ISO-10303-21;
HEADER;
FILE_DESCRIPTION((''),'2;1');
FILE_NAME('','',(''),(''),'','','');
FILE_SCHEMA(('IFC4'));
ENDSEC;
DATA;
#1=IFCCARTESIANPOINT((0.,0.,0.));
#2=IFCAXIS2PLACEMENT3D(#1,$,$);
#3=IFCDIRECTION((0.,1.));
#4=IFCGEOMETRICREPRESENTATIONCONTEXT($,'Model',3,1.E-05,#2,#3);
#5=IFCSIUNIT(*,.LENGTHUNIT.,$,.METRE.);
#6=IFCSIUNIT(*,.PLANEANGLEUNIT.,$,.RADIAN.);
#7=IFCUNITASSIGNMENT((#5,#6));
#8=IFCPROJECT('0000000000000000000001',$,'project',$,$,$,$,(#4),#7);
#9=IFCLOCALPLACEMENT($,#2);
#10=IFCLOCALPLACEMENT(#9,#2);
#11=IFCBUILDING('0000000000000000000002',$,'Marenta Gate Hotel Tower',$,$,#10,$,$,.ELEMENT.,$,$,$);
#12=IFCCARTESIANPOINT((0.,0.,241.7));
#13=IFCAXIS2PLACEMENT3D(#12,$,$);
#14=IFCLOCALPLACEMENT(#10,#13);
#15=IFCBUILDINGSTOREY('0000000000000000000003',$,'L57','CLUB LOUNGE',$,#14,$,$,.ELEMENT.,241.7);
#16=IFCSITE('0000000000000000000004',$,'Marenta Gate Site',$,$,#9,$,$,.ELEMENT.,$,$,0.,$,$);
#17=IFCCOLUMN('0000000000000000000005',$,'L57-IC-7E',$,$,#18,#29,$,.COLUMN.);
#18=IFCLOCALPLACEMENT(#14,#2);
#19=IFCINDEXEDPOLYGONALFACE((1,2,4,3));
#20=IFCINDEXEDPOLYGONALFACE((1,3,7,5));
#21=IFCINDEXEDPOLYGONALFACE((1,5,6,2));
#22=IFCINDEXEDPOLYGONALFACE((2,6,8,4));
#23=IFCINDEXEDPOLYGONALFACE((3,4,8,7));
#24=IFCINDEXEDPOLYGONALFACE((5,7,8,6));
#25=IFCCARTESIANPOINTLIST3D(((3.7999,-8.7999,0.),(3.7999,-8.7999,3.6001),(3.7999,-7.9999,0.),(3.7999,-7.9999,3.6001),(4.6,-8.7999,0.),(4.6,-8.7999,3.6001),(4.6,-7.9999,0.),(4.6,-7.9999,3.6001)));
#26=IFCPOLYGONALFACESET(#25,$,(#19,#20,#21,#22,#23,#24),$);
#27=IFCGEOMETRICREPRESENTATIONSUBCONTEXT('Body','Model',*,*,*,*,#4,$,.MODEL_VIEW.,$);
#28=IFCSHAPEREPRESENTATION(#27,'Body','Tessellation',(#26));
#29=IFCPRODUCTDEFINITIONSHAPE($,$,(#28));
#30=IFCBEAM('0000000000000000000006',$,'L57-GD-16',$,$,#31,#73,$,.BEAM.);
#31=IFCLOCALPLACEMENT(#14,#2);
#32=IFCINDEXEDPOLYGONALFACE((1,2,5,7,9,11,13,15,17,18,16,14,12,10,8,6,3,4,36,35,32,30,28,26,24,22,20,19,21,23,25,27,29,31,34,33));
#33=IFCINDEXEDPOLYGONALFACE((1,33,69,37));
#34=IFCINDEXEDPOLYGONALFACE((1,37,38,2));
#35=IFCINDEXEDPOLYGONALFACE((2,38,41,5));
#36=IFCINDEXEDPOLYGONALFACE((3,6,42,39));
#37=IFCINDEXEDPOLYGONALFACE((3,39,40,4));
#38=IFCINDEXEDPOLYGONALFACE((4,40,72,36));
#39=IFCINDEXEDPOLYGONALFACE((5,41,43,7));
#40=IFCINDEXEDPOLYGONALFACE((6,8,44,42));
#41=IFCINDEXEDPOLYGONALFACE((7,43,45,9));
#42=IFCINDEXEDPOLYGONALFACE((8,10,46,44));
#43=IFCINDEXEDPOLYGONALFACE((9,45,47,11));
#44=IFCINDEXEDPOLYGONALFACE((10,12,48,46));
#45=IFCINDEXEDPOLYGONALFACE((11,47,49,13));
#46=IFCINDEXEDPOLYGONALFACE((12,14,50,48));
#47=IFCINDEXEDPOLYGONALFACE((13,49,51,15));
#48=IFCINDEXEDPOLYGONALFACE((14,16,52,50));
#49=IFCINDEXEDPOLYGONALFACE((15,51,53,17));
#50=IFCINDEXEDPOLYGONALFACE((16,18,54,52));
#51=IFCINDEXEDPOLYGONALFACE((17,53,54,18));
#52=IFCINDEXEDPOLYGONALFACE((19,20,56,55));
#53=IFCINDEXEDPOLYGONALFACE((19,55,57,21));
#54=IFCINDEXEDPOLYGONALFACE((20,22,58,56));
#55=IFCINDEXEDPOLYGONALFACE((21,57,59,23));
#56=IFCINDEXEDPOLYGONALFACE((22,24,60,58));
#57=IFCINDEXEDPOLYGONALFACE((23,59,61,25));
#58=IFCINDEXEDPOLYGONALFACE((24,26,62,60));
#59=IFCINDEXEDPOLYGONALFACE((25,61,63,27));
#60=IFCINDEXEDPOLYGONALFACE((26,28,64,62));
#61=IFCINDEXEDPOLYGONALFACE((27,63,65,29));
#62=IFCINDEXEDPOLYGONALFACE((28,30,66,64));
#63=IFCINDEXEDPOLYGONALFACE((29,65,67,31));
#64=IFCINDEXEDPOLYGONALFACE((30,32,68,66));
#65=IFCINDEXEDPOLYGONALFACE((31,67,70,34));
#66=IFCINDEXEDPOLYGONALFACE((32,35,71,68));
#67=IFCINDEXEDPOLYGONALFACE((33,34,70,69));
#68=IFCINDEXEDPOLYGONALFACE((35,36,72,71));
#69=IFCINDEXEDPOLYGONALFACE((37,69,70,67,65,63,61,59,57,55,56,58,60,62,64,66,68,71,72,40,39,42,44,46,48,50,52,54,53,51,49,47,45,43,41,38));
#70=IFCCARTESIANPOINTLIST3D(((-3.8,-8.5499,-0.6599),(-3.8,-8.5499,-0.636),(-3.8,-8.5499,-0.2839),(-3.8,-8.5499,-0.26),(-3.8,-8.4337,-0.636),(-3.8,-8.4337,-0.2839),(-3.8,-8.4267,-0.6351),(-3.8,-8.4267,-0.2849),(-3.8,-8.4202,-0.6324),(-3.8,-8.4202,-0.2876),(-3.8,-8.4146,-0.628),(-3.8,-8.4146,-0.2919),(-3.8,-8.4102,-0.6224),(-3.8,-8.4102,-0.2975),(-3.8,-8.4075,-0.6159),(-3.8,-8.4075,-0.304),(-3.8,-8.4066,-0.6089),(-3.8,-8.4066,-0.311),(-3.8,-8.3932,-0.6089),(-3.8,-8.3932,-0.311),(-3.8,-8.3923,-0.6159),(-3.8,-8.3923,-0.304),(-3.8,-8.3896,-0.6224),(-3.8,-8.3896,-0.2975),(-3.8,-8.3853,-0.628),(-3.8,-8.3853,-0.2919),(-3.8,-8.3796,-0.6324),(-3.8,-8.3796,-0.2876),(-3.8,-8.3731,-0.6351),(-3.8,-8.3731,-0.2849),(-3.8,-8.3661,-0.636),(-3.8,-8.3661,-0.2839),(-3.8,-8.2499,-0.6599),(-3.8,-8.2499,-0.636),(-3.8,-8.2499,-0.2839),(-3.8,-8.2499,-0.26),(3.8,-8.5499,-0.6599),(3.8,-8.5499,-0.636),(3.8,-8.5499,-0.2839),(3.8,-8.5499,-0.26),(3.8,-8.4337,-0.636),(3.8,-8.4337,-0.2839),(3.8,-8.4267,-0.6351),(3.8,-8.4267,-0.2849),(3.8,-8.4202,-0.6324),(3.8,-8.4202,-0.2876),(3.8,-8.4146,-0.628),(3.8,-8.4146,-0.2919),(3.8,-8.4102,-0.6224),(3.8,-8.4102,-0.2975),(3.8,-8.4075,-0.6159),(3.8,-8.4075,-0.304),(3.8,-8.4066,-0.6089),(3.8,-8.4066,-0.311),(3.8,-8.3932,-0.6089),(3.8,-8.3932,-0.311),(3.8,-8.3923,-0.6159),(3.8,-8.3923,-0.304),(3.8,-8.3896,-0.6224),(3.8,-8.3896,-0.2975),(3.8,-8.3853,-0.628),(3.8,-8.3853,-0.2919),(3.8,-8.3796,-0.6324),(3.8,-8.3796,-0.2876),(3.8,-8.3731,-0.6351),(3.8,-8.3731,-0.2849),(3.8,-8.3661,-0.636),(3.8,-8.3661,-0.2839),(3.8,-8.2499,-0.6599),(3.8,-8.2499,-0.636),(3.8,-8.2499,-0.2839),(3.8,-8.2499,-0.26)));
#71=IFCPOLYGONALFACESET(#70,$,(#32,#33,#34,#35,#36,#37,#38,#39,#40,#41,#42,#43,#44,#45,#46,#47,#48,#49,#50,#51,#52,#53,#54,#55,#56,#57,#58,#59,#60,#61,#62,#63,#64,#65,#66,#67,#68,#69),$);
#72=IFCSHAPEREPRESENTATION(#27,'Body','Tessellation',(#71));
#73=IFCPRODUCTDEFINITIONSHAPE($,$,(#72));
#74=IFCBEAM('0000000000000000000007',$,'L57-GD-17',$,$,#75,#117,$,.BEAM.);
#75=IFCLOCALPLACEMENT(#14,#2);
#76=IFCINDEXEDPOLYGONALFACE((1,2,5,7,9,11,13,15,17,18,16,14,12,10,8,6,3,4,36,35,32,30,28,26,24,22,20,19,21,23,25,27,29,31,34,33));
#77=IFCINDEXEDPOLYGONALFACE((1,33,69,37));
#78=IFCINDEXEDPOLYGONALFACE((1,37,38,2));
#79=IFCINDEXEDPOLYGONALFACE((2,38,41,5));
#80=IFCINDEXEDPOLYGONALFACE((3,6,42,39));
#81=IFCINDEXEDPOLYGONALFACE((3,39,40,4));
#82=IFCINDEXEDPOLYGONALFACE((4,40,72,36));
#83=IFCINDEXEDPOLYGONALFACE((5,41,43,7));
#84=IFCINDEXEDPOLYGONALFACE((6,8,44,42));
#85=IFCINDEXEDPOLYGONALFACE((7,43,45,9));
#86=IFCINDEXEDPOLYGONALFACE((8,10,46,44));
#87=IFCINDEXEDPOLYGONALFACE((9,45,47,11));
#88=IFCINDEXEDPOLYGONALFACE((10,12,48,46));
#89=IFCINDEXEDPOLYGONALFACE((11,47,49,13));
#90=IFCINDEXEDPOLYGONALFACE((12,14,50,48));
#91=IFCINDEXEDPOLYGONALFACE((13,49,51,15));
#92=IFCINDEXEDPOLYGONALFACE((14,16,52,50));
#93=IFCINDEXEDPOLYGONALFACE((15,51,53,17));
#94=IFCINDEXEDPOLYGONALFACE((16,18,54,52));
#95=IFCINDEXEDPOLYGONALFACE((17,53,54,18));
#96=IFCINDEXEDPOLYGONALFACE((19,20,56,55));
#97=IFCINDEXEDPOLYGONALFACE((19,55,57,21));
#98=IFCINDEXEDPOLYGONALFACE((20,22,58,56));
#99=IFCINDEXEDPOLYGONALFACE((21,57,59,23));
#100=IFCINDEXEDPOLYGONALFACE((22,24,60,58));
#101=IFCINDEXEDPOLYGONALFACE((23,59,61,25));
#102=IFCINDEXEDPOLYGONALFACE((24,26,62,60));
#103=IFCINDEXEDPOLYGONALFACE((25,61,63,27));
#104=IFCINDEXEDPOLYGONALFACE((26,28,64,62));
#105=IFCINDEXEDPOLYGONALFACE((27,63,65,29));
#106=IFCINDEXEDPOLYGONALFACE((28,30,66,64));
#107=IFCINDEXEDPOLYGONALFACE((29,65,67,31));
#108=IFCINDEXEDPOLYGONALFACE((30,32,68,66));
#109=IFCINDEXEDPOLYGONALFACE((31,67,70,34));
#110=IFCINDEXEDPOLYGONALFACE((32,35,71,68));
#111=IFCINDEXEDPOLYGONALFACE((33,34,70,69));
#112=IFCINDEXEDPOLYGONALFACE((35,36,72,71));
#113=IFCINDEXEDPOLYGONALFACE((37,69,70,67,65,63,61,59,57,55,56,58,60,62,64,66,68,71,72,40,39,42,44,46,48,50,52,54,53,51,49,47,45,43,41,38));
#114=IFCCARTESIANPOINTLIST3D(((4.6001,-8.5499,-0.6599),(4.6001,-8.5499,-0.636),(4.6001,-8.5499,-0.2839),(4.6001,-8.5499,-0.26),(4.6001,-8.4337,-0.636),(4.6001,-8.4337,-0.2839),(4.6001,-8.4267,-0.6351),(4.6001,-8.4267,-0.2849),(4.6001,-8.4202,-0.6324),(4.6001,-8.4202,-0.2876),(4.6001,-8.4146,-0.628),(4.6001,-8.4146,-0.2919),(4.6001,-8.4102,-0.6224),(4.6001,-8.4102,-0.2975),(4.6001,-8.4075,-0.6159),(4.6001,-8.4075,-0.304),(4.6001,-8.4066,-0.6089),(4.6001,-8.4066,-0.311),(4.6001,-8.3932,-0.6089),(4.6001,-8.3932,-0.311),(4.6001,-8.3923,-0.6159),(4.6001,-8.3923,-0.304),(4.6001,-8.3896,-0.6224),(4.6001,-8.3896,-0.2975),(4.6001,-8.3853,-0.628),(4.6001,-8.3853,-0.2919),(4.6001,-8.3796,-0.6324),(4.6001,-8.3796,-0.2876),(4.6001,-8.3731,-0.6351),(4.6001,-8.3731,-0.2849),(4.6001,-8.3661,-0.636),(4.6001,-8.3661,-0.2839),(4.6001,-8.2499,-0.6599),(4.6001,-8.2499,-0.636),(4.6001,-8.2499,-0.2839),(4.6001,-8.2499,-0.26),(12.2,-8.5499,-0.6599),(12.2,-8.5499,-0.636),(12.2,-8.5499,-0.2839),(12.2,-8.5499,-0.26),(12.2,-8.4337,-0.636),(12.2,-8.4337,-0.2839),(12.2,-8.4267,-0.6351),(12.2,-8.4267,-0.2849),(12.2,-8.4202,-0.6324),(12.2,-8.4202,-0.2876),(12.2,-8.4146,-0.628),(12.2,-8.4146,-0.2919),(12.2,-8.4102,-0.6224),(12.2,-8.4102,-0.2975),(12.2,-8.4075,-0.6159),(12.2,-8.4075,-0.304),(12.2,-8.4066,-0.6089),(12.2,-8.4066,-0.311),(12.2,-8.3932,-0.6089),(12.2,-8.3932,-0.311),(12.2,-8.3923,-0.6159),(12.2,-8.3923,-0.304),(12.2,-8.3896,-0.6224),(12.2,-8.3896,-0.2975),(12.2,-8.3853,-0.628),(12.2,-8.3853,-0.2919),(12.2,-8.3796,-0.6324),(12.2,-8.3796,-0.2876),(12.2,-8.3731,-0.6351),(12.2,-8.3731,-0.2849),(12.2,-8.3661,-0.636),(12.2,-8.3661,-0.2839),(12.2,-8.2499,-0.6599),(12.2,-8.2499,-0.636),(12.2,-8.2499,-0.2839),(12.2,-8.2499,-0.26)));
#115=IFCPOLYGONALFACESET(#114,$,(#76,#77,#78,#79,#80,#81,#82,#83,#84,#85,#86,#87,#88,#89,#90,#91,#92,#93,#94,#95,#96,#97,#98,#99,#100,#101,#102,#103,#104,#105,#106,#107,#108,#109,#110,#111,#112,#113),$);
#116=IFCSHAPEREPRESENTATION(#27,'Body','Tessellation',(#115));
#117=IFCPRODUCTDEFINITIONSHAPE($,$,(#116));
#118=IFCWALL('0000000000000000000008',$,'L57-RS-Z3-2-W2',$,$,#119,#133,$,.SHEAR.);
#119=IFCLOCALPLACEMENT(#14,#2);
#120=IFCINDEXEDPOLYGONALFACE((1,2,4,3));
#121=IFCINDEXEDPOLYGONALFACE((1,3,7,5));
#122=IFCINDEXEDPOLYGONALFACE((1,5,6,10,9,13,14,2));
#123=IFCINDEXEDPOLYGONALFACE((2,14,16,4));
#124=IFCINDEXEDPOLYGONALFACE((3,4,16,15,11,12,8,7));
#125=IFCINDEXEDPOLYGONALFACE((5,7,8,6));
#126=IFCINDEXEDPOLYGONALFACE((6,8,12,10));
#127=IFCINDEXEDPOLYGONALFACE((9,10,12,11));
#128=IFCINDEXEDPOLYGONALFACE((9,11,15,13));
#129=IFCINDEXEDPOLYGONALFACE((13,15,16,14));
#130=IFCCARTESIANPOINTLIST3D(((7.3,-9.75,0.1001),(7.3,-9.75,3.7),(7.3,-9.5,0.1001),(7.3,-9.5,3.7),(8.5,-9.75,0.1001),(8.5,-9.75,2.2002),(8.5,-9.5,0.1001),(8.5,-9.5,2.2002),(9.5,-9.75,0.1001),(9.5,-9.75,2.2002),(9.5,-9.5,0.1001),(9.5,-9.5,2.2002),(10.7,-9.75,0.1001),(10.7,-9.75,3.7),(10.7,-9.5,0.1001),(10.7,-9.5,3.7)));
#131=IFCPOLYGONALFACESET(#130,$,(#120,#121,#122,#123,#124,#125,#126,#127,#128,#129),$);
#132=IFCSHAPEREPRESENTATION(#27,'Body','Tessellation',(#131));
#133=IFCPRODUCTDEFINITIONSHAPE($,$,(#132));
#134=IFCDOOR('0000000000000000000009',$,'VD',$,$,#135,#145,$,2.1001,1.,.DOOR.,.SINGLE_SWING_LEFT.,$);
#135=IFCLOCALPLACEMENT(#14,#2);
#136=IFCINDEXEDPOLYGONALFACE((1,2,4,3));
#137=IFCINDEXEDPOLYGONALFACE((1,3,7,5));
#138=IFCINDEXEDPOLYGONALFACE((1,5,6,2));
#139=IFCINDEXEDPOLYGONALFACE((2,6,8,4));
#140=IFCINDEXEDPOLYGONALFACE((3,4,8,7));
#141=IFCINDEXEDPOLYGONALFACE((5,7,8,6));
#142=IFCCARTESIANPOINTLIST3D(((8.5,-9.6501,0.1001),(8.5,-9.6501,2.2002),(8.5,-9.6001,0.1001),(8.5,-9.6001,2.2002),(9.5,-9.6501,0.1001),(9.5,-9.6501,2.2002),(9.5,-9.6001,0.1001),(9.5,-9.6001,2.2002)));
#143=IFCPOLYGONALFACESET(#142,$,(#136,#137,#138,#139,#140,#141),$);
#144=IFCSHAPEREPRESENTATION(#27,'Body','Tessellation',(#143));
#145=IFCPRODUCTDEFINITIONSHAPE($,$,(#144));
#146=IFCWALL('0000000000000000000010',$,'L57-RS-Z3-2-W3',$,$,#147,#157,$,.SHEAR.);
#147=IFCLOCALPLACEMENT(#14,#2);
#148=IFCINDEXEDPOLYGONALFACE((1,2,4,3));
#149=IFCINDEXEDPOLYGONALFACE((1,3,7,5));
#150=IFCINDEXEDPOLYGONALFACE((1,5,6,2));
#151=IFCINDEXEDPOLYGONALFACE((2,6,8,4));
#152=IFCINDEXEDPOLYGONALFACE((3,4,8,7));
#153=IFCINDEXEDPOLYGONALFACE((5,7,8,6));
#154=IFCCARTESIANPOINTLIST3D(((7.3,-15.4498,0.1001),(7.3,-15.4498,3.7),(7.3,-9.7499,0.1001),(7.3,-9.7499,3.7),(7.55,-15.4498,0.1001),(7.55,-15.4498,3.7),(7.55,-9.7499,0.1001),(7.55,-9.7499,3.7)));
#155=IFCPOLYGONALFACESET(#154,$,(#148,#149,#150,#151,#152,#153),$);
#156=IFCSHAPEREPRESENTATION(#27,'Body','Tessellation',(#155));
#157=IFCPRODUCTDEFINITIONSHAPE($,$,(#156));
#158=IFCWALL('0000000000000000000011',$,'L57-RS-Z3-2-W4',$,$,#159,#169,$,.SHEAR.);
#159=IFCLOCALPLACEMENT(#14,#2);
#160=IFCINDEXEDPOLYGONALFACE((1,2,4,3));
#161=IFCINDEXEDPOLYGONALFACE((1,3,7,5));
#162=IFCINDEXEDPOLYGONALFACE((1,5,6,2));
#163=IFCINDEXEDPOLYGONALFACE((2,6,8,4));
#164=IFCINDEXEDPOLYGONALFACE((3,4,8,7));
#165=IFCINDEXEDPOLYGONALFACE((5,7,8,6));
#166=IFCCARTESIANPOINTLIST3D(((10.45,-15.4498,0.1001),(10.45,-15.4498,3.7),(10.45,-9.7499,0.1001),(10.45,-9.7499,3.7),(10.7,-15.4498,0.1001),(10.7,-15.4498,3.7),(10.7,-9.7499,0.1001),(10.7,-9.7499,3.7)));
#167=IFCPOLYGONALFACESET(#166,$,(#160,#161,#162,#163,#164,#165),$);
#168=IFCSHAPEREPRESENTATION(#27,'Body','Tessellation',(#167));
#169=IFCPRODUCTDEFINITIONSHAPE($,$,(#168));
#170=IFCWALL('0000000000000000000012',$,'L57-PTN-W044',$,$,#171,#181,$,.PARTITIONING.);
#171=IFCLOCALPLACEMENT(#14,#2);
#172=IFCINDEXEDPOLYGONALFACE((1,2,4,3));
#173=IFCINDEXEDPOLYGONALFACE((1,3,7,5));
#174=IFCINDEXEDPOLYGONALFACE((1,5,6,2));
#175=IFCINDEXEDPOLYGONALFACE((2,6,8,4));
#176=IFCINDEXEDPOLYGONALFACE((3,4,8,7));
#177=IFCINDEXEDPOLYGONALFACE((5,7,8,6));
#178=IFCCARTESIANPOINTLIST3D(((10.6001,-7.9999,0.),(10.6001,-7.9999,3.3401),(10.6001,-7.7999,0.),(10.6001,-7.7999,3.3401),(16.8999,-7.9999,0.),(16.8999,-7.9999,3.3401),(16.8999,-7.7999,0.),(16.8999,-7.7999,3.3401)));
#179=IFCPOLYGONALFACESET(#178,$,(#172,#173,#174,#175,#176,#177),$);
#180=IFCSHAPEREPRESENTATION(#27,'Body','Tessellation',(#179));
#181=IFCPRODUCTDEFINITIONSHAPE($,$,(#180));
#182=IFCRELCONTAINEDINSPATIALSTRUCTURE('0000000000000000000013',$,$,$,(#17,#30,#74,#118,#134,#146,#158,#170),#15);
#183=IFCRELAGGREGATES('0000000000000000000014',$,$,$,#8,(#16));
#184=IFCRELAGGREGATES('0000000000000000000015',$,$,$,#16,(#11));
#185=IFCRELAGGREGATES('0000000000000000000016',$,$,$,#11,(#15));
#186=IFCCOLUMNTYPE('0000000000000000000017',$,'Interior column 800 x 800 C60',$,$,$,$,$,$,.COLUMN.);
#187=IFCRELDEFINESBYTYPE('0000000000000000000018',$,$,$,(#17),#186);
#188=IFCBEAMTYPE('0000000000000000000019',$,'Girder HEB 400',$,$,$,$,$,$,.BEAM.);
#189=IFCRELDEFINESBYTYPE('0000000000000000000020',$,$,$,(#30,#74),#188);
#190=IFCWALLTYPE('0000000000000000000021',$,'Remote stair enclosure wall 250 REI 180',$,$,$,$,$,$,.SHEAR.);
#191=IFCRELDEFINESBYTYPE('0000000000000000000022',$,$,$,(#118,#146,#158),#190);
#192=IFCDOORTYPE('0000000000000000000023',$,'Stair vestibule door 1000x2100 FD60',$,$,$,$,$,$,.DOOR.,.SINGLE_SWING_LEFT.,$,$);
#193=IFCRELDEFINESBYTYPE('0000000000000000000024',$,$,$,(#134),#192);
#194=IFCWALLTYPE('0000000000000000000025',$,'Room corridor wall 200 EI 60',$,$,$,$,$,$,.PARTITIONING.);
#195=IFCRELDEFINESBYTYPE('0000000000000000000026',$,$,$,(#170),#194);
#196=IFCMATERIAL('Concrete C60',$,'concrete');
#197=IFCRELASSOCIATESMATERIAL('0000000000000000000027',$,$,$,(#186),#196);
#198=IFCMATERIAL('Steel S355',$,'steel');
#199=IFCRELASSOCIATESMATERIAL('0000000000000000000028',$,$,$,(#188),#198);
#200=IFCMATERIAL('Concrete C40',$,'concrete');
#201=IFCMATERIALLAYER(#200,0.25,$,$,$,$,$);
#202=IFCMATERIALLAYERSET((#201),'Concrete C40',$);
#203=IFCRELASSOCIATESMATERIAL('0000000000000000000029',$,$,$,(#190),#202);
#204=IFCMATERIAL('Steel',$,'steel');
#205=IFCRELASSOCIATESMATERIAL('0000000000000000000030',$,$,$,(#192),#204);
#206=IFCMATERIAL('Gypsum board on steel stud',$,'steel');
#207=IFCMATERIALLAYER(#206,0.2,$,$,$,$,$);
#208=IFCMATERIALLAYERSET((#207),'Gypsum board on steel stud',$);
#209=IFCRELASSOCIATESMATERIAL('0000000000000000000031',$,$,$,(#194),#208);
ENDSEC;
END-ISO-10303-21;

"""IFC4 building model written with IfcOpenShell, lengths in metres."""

from ifc_helpers import new_model, si_unit, direction, frame, frame_2d, origin, origin_2d, place, context, subcontext, project, spatial, rectangle, i_section, extrude, material, layer, layer_set, material_profile, profile_set, type_object, element, fill, save


model = new_model("IFC4")

# Units and contexts
model_context = context("Model", 3, precision=1e-05, world=origin(), true_north=direction((0.0, 1.0)))
body_context = subcontext(model_context, "Body", "Model", "MODEL_VIEW")
ifc_project = project(units=[si_unit("LENGTHUNIT", "METRE"), si_unit("PLANEANGLEUNIT", "RADIAN")], contexts=[model_context])

# Site, building, storey
site_placement = place(None, origin())
site = spatial("IfcSite", under=ifc_project, at=site_placement, Name="Marenta Gate Site", CompositionType="ELEMENT", RefElevation=0.0)
building_placement = place(site_placement, origin())
building = spatial("IfcBuilding", under=site, at=building_placement, Name="Marenta Gate Hotel Tower", CompositionType="ELEMENT")
storey_placement = place(building_placement, frame((0.0, 0.0, 241.7)))
storey = spatial("IfcBuildingStorey", under=building, at=storey_placement, Name="L57", Description="CLUB LOUNGE", CompositionType="ELEMENT", Elevation=241.7)

# Column
ifc_material_1 = material(Name="Concrete C60", Category="concrete")
ifc_material_profile_1 = material_profile(ifc_material_1, rectangle(XDim=0.8, YDim=0.8, at=origin_2d()), Name="800 x 800")
ifc_profile_set_1 = profile_set([ifc_material_profile_1], Name="Concrete C60")
column_type = type_object("IfcColumnType", Name="Interior column 800 x 800 C60", PredefinedType="COLUMN", material=ifc_profile_set_1)
column_placement = place(storey_placement, frame((4.2, -8.3999, 0.0), z_axis=(0.0, 0.0, 1.0), x_axis=(1.0, 0.0, 0.0)))
element("IfcColumn", 1, at=column_placement, inside=storey, type_object=column_type, Name="L57-IC-7E", PredefinedType="COLUMN", context=body_context, shape_type="SweptSolid", body=[
    extrude(rectangle(XDim=0.8, YDim=0.8, at=origin_2d()), origin(), (0.0, 0.0, 1.0), 3.6001),
])

# Beams
ifc_material_2 = material(Name="Steel S355", Category="steel")
ifc_material_profile_2 = material_profile(ifc_material_2, i_section(OverallWidth=0.3, OverallDepth=0.3999, WebThickness=0.0134, FlangeThickness=0.0239, FilletRadius=0.0271, at=origin_2d()), Name="HEB 400")
ifc_profile_set_2 = profile_set([ifc_material_profile_2], Name="Steel S355")
beam_type = type_object("IfcBeamType", Name="Girder HEB 400", PredefinedType="BEAM", material=ifc_profile_set_2)
beam_1_placement = place(storey_placement, frame((-3.8, -8.3999, -0.46), z_axis=(1.0, 0.0, 0.0), x_axis=(0.0, 1.0, 0.0)))
element("IfcBeam", 2, at=beam_1_placement, inside=storey, type_object=beam_type, Name="L57-GD-16", PredefinedType="BEAM", context=body_context, shape_type="SweptSolid", body=[
    extrude(i_section(OverallWidth=0.3, OverallDepth=0.3999, WebThickness=0.0134, FlangeThickness=0.0239, FilletRadius=0.0271, at=origin_2d()), origin(), (0.0, 0.0, 1.0), 7.6001),
])
beam_2_placement = place(storey_placement, frame((4.6001, -8.3999, -0.46), z_axis=(1.0, 0.0, 0.0), x_axis=(0.0, 1.0, 0.0)))
element("IfcBeam", 3, at=beam_2_placement, inside=storey, type_object=beam_type, Name="L57-GD-17", PredefinedType="BEAM", context=body_context, shape_type="SweptSolid", body=[
    extrude(i_section(OverallWidth=0.3, OverallDepth=0.3999, WebThickness=0.0134, FlangeThickness=0.0239, FilletRadius=0.0271, at=origin_2d()), origin(), (0.0, 0.0, 1.0), 7.5999),
])

# Wall, opening, door
ifc_material_3 = material(Name="Concrete C40", Category="concrete")
ifc_layer_1 = layer(ifc_material_3, 0.25)
ifc_layer_set_1 = layer_set([ifc_layer_1], Name="Concrete C40")
wall_type_1 = type_object("IfcWallType", Name="Remote stair enclosure wall 250 REI 180", PredefinedType="SHEAR", material=ifc_layer_set_1)
wall_1_placement = place(storey_placement, frame((7.3, -9.625, 0.1001), z_axis=(0.0, 0.0, 1.0), x_axis=(1.0, 0.0, 0.0)))
wall_1 = element("IfcWall", 4, at=wall_1_placement, inside=storey, type_object=wall_type_1, Name="L57-RS-Z3-2-W2", PredefinedType="SHEAR", context=body_context, shape_type="SweptSolid", body=[
    extrude(rectangle(XDim=3.3999, YDim=0.25, at=frame_2d((1.7, 0.0))), origin(), (0.0, 0.0, 1.0), 3.5999),
])
opening_1_placement = place(wall_1_placement, frame((1.2, 0.0, 0.0)))
opening_1 = element("IfcOpeningElement", 5, at=opening_1_placement, cuts=wall_1, PredefinedType="OPENING", context=body_context, shape_type="SweptSolid", body=[
    extrude(rectangle(XDim=1.0, YDim=2.1001, at=frame_2d((0.5, 1.05))), frame((0.0, 0.125, 0.0), z_axis=(0.0, -1.0, 0.0), x_axis=(1.0, 0.0, 0.0)), (0.0, 0.0, 1.0), 0.25),
])
ifc_material_4 = material(Name="Steel", Category="steel")
door_type_1 = type_object("IfcDoorType", Name="Stair vestibule door 1000x2100 FD60", OperationType="SINGLE_SWING_LEFT", PredefinedType="DOOR", material=ifc_material_4)
door_1_placement = place(opening_1_placement, origin())
door_1 = element("IfcDoor", 6, at=door_1_placement, inside=storey, type_object=door_type_1, Name="VD", OperationType="SINGLE_SWING_LEFT", OverallHeight=2.1001, OverallWidth=1.0, PredefinedType="DOOR", context=body_context, shape_type="SweptSolid", body=[
    extrude(rectangle(XDim=1.0, YDim=2.1001, at=frame_2d((0.5, 1.05))), frame((0.0, 0.0249, 0.0), z_axis=(0.0, -1.0, 0.0), x_axis=(1.0, 0.0, 0.0)), (0.0, 0.0, 1.0), 0.05),
])
fill(opening_1, door_1)

# Walls
for number, where, z_axis, x_axis, name in (
    (7, (7.425, -15.45, 0.1001), (0.0, 0.0, 1.0), (0.0, 1.0, 0.0), "L57-RS-Z3-2-W3"),
    (8, (10.575, -15.45, 0.1001), (0.0, 0.0, 1.0), (0.0, 1.0, 0.0), "L57-RS-Z3-2-W4"),
):
    element("IfcWall", number, at=place(storey_placement, frame(where, z_axis=z_axis, x_axis=x_axis)), inside=storey, type_object=wall_type_1, Name=name, PredefinedType="SHEAR", context=body_context, shape_type="SweptSolid", body=[
        extrude(rectangle(XDim=5.7, YDim=0.25, at=frame_2d((2.8501, 0.0))), origin(), (0.0, 0.0, 1.0), 3.5999),
    ])

# Shared definitions
ifc_material_5 = material(Name="Gypsum board on steel stud", Category="steel")
ifc_layer_2 = layer(ifc_material_5, 0.2)
ifc_layer_set_2 = layer_set([ifc_layer_2], Name="Gypsum board on steel stud")
wall_type_2 = type_object("IfcWallType", Name="Room corridor wall 200 EI 60", PredefinedType="PARTITIONING", material=ifc_layer_set_2)

# Wall
wall_2_placement = place(storey_placement, frame((10.6001, -7.8999, 0.0), z_axis=(0.0, 0.0, 1.0), x_axis=(1.0, 0.0, 0.0)))
element("IfcWall", 9, at=wall_2_placement, inside=storey, type_object=wall_type_2, Name="L57-PTN-W044", PredefinedType="PARTITIONING", context=body_context, shape_type="SweptSolid", body=[
    extrude(rectangle(XDim=6.2998, YDim=0.2, at=frame_2d((3.1499, 0.0))), origin(), (0.0, 0.0, 1.0), 3.3401),
])

save(model, "model.ifc")
